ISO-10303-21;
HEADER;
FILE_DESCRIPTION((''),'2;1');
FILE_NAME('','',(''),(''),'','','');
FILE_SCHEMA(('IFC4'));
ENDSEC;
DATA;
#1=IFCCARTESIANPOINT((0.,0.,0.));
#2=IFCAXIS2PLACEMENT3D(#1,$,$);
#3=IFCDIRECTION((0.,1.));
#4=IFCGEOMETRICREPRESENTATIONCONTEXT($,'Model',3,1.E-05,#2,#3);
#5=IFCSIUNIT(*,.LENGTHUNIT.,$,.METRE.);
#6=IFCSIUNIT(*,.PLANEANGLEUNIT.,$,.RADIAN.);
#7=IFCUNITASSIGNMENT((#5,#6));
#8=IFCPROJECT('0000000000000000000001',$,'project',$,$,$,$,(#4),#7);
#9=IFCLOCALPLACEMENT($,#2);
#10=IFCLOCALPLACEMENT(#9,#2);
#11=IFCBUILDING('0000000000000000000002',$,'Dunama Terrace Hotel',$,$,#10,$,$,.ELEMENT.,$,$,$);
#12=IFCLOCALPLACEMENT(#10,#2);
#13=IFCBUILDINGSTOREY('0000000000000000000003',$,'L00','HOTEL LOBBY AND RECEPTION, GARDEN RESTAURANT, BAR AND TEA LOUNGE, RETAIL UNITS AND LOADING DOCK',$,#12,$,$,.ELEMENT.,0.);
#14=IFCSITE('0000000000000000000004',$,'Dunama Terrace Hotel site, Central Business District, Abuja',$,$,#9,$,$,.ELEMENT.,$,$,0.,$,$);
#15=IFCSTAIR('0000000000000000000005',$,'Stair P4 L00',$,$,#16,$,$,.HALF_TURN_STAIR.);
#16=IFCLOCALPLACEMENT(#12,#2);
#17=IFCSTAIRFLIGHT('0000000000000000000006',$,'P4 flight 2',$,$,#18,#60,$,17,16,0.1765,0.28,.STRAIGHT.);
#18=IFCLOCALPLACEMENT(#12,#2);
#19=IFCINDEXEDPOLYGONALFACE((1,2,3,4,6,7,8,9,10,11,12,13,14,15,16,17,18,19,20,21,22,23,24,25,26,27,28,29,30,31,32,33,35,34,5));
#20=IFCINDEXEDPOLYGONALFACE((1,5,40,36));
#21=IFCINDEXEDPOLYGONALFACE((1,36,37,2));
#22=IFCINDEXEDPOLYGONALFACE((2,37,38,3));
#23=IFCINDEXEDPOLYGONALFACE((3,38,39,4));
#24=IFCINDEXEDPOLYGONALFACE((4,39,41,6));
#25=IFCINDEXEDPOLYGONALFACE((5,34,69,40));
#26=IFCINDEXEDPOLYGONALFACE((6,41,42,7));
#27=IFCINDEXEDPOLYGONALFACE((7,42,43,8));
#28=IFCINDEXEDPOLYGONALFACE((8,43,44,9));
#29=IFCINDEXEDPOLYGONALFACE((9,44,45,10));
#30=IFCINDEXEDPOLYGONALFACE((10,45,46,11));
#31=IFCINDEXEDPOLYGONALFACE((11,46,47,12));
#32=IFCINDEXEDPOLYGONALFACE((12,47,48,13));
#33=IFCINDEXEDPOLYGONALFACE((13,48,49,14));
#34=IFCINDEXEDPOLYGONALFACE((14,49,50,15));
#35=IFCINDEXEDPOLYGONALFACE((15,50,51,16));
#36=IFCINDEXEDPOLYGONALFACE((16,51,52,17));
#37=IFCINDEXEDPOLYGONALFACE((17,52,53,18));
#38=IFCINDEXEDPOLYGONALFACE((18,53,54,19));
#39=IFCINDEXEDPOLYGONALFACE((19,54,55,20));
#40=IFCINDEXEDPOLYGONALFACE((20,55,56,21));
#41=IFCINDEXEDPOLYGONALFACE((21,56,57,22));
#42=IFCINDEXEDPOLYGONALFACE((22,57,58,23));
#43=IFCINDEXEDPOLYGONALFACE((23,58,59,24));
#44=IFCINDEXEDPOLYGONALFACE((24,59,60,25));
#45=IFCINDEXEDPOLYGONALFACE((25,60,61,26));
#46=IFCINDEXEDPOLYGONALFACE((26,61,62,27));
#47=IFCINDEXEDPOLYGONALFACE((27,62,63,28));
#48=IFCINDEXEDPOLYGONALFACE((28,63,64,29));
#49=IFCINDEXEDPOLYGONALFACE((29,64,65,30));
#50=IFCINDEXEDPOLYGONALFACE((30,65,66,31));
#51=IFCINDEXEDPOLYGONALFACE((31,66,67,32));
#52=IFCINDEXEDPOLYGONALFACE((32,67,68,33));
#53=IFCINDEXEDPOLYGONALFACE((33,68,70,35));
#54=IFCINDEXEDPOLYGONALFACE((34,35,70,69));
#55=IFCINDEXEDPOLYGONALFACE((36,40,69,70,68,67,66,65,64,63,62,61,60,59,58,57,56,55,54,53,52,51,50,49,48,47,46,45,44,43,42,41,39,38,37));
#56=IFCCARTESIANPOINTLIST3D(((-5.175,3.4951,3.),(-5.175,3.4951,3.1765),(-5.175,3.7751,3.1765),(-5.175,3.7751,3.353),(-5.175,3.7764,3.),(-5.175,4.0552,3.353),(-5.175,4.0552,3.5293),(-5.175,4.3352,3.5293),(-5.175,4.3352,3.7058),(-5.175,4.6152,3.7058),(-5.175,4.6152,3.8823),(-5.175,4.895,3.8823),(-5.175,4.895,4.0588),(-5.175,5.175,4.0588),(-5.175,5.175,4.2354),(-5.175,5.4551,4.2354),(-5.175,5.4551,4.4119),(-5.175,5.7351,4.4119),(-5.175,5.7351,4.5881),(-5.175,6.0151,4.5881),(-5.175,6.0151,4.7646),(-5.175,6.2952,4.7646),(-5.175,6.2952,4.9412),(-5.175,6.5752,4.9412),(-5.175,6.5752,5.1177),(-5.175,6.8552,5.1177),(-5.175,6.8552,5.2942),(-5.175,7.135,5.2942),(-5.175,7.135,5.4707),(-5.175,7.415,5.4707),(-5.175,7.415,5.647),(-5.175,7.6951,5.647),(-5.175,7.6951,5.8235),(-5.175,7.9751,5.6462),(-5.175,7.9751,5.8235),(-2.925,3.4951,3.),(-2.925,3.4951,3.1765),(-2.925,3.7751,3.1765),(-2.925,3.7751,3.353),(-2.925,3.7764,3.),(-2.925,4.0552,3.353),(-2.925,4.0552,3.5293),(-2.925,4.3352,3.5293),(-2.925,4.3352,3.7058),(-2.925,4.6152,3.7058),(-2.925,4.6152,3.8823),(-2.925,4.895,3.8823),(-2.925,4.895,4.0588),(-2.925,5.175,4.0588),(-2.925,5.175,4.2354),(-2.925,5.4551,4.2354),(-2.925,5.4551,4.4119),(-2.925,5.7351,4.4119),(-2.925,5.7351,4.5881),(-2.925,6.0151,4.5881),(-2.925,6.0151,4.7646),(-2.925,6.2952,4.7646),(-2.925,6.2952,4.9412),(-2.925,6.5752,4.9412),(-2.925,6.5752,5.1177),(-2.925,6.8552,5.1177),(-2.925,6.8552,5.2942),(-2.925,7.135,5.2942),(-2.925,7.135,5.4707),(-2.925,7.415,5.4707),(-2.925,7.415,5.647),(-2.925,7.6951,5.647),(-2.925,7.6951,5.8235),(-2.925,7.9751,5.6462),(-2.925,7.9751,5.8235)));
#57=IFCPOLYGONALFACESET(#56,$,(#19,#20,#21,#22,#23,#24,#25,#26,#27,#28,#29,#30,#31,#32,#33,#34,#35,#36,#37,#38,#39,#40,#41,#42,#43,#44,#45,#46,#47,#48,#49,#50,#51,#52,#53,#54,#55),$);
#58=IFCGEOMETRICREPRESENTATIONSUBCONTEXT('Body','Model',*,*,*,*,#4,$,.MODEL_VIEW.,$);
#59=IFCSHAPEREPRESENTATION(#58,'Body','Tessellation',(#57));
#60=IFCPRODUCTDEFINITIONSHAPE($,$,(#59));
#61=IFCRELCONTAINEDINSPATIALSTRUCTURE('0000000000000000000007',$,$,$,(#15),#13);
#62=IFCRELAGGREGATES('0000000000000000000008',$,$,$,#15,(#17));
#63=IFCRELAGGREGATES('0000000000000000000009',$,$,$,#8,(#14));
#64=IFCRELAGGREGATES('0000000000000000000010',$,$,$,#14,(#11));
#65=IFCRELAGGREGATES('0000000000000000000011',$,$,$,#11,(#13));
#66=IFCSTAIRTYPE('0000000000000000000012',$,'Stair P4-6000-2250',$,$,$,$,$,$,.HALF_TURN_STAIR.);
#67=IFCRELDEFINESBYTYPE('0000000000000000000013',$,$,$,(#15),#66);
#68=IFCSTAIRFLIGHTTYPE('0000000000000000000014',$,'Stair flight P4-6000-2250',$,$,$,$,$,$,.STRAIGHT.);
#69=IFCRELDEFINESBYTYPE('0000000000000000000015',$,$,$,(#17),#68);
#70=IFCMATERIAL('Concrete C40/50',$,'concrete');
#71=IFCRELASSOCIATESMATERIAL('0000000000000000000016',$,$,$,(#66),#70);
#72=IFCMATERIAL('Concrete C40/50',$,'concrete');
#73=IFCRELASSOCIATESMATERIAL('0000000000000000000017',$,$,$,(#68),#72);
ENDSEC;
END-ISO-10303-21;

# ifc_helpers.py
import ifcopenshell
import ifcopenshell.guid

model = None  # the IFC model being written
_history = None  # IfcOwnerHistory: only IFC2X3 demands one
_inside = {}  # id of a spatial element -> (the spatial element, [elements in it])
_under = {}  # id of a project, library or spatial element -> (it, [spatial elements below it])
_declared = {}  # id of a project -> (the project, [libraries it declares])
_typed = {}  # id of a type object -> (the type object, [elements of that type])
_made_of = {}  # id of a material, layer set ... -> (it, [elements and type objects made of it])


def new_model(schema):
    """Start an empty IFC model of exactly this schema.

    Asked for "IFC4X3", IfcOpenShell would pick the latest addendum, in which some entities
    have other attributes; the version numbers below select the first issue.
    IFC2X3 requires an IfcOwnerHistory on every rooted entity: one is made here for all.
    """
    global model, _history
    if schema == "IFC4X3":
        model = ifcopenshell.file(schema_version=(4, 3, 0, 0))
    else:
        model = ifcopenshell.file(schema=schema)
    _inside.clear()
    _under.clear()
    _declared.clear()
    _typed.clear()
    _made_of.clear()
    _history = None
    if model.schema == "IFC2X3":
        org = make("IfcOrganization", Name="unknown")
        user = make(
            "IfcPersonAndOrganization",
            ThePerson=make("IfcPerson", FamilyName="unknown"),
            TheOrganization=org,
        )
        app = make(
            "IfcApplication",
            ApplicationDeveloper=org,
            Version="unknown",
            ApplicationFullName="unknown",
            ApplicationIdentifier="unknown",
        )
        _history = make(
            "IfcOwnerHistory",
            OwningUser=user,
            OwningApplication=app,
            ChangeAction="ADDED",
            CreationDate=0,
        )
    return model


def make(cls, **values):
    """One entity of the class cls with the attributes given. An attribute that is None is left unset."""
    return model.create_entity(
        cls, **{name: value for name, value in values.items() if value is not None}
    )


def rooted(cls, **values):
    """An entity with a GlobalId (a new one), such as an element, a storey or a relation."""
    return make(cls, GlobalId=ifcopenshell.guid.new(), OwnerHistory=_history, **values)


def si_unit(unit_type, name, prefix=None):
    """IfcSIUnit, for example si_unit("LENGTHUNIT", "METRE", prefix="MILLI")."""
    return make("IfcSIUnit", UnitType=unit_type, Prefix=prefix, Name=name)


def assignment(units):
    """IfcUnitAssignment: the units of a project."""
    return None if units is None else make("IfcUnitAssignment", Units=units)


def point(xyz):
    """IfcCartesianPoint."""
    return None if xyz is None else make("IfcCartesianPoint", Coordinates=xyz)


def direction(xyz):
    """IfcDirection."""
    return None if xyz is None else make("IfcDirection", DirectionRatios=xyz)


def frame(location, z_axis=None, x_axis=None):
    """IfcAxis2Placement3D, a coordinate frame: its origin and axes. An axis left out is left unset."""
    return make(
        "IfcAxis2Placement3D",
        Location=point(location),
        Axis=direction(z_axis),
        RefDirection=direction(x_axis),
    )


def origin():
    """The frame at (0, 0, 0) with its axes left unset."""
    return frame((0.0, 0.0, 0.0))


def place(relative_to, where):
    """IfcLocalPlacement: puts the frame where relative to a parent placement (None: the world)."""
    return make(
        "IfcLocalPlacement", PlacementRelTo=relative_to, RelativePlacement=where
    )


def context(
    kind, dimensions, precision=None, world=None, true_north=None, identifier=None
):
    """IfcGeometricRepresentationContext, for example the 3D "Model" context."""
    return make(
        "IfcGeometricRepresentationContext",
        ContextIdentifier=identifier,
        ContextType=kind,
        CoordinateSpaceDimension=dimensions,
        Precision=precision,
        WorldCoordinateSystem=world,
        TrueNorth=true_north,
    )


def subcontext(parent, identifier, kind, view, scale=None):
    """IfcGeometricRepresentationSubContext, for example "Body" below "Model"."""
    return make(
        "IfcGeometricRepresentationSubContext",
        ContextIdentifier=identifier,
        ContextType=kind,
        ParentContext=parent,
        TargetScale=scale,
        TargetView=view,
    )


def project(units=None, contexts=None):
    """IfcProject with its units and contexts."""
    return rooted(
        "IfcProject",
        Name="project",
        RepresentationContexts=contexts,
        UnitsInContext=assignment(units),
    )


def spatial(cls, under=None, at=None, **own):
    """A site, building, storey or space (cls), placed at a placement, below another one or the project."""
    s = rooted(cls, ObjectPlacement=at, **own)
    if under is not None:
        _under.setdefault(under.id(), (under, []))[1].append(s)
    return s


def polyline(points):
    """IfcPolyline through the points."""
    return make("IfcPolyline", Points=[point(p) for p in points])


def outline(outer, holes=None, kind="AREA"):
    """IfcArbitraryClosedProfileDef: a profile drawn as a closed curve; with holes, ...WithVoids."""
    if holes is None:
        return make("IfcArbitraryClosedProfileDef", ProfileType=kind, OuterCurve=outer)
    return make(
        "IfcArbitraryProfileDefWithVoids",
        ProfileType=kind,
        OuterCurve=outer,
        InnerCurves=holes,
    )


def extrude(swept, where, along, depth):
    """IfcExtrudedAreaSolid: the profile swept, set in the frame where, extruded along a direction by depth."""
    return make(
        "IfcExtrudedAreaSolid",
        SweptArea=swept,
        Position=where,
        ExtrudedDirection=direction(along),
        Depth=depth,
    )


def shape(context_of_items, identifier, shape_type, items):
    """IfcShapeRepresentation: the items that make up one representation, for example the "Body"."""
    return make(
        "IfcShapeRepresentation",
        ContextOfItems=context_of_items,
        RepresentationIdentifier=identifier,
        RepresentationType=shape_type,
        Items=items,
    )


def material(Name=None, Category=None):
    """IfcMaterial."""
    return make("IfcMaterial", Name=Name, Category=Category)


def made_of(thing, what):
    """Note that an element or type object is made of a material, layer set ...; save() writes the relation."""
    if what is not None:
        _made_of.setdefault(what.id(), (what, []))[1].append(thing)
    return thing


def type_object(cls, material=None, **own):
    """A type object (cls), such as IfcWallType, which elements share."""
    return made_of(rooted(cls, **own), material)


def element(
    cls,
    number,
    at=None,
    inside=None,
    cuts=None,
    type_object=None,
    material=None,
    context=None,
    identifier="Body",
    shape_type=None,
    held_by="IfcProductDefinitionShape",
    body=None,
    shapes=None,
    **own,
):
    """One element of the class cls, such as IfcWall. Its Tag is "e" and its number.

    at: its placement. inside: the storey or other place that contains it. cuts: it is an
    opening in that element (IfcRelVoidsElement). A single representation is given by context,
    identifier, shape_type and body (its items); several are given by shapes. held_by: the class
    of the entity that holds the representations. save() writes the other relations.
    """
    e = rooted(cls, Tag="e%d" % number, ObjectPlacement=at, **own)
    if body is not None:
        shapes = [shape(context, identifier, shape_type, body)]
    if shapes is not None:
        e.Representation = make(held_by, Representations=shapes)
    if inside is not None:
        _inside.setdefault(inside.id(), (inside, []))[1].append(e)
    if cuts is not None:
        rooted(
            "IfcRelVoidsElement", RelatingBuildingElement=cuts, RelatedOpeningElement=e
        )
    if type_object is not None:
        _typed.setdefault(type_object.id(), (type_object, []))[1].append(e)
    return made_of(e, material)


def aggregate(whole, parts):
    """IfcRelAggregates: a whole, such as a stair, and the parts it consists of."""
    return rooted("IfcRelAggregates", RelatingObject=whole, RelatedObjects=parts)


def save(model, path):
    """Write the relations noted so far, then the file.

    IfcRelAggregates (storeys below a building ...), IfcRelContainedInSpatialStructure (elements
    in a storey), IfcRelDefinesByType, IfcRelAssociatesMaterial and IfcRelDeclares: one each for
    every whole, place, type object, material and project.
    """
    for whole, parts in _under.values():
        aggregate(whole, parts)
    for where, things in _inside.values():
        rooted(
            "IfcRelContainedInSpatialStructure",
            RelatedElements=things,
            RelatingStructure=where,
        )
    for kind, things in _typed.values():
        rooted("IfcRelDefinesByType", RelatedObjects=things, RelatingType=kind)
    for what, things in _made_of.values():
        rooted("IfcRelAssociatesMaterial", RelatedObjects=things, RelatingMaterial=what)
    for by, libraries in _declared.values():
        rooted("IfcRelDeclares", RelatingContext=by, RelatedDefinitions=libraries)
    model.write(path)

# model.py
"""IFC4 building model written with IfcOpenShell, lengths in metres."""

from ifc_helpers import new_model, si_unit, direction, frame, origin, place, context, subcontext, project, spatial, polyline, outline, extrude, material, type_object, element, aggregate, save


model = new_model("IFC4")

# Units and contexts
model_context = context("Model", 3, precision=1e-05, world=origin(), true_north=direction((0.0, 1.0)))
body_context = subcontext(model_context, "Body", "Model", "MODEL_VIEW")
ifc_project = project(units=[si_unit("LENGTHUNIT", "METRE"), si_unit("PLANEANGLEUNIT", "RADIAN")], contexts=[model_context])

# Site, building, storey
site_placement = place(None, origin())
site = spatial("IfcSite", under=ifc_project, at=site_placement, Name="Dunama Terrace Hotel site, Central Business District, Abuja", CompositionType="ELEMENT", RefElevation=0.0)
building_placement = place(site_placement, origin())
building = spatial("IfcBuilding", under=site, at=building_placement, Name="Dunama Terrace Hotel", CompositionType="ELEMENT")
storey_placement = place(building_placement, origin())
storey = spatial("IfcBuildingStorey", under=building, at=storey_placement, Name="L00", Description="HOTEL LOBBY AND RECEPTION, GARDEN RESTAURANT, BAR AND TEA LOUNGE, RETAIL UNITS AND LOADING DOCK", CompositionType="ELEMENT", Elevation=0.0)

# Stair, stair flight
ifc_material_1 = material(Name="Concrete C40/50", Category="concrete")
stair_type = type_object("IfcStairType", Name="Stair P4-6000-2250", PredefinedType="HALF_TURN_STAIR", material=ifc_material_1)
stair_placement = place(storey_placement, origin())
stair = element("IfcStair", 1, at=stair_placement, inside=storey, type_object=stair_type, Name="Stair P4 L00", PredefinedType="HALF_TURN_STAIR")
ifc_material_2 = material(Name="Concrete C40/50", Category="concrete")
stair_flight_type = type_object("IfcStairFlightType", Name="Stair flight P4-6000-2250", PredefinedType="STRAIGHT", material=ifc_material_2)
stair_flight_1_placement = place(storey_placement, frame((-4.05, 3.4951, 3.0), z_axis=(0.0, 0.0, 1.0), x_axis=(0.0, 1.0, 0.0)))
stair_flight_1 = element("IfcStairFlight", 2, at=stair_flight_1_placement, type_object=stair_flight_type, Name="P4 flight 2", NumberOfRisers=17, NumberOfTreads=16, PredefinedType="STRAIGHT", RiserHeight=0.1765, TreadLength=0.28, context=body_context, shape_type="SweptSolid", body=[
    extrude(outline(polyline([(0.0, 0.0), (0.0, 0.1765), (0.28, 0.1765), (0.28, 0.353), (0.5601, 0.353), (0.5601, 0.5293), (0.8401, 0.5293), (0.8401, 0.7058), (1.1201, 0.7058), (1.1201, 0.8823), (1.3999, 0.8823), (1.3999, 1.0588), (1.6799, 1.0588), (1.6799, 1.2354), (1.96, 1.2354), (1.96, 1.4119), (2.24, 1.4119), (2.24, 1.5881), (2.52, 1.5881), (2.52, 1.7646), (2.8, 1.7646), (2.8, 1.9412), (3.0801, 1.9412), (3.0801, 2.1177), (3.3601, 2.1177), (3.3601, 2.2942), (3.6399, 2.2942), (3.6399, 2.4707), (3.9199, 2.4707), (3.9199, 2.647), (4.2, 2.647), (4.2, 2.8235), (4.48, 2.8235), (4.48, 3.0), (4.48, 2.6462), (0.2812, 0.0), (0.0, 0.0)])), frame((0.0, 1.125, 0.0), z_axis=(0.0, -1.0, 0.0), x_axis=(1.0, 0.0, 0.0)), (0.0, 0.0, 1.0), 2.25),
])
aggregate(stair, [stair_flight_1])

save(model, "model.ifc")
